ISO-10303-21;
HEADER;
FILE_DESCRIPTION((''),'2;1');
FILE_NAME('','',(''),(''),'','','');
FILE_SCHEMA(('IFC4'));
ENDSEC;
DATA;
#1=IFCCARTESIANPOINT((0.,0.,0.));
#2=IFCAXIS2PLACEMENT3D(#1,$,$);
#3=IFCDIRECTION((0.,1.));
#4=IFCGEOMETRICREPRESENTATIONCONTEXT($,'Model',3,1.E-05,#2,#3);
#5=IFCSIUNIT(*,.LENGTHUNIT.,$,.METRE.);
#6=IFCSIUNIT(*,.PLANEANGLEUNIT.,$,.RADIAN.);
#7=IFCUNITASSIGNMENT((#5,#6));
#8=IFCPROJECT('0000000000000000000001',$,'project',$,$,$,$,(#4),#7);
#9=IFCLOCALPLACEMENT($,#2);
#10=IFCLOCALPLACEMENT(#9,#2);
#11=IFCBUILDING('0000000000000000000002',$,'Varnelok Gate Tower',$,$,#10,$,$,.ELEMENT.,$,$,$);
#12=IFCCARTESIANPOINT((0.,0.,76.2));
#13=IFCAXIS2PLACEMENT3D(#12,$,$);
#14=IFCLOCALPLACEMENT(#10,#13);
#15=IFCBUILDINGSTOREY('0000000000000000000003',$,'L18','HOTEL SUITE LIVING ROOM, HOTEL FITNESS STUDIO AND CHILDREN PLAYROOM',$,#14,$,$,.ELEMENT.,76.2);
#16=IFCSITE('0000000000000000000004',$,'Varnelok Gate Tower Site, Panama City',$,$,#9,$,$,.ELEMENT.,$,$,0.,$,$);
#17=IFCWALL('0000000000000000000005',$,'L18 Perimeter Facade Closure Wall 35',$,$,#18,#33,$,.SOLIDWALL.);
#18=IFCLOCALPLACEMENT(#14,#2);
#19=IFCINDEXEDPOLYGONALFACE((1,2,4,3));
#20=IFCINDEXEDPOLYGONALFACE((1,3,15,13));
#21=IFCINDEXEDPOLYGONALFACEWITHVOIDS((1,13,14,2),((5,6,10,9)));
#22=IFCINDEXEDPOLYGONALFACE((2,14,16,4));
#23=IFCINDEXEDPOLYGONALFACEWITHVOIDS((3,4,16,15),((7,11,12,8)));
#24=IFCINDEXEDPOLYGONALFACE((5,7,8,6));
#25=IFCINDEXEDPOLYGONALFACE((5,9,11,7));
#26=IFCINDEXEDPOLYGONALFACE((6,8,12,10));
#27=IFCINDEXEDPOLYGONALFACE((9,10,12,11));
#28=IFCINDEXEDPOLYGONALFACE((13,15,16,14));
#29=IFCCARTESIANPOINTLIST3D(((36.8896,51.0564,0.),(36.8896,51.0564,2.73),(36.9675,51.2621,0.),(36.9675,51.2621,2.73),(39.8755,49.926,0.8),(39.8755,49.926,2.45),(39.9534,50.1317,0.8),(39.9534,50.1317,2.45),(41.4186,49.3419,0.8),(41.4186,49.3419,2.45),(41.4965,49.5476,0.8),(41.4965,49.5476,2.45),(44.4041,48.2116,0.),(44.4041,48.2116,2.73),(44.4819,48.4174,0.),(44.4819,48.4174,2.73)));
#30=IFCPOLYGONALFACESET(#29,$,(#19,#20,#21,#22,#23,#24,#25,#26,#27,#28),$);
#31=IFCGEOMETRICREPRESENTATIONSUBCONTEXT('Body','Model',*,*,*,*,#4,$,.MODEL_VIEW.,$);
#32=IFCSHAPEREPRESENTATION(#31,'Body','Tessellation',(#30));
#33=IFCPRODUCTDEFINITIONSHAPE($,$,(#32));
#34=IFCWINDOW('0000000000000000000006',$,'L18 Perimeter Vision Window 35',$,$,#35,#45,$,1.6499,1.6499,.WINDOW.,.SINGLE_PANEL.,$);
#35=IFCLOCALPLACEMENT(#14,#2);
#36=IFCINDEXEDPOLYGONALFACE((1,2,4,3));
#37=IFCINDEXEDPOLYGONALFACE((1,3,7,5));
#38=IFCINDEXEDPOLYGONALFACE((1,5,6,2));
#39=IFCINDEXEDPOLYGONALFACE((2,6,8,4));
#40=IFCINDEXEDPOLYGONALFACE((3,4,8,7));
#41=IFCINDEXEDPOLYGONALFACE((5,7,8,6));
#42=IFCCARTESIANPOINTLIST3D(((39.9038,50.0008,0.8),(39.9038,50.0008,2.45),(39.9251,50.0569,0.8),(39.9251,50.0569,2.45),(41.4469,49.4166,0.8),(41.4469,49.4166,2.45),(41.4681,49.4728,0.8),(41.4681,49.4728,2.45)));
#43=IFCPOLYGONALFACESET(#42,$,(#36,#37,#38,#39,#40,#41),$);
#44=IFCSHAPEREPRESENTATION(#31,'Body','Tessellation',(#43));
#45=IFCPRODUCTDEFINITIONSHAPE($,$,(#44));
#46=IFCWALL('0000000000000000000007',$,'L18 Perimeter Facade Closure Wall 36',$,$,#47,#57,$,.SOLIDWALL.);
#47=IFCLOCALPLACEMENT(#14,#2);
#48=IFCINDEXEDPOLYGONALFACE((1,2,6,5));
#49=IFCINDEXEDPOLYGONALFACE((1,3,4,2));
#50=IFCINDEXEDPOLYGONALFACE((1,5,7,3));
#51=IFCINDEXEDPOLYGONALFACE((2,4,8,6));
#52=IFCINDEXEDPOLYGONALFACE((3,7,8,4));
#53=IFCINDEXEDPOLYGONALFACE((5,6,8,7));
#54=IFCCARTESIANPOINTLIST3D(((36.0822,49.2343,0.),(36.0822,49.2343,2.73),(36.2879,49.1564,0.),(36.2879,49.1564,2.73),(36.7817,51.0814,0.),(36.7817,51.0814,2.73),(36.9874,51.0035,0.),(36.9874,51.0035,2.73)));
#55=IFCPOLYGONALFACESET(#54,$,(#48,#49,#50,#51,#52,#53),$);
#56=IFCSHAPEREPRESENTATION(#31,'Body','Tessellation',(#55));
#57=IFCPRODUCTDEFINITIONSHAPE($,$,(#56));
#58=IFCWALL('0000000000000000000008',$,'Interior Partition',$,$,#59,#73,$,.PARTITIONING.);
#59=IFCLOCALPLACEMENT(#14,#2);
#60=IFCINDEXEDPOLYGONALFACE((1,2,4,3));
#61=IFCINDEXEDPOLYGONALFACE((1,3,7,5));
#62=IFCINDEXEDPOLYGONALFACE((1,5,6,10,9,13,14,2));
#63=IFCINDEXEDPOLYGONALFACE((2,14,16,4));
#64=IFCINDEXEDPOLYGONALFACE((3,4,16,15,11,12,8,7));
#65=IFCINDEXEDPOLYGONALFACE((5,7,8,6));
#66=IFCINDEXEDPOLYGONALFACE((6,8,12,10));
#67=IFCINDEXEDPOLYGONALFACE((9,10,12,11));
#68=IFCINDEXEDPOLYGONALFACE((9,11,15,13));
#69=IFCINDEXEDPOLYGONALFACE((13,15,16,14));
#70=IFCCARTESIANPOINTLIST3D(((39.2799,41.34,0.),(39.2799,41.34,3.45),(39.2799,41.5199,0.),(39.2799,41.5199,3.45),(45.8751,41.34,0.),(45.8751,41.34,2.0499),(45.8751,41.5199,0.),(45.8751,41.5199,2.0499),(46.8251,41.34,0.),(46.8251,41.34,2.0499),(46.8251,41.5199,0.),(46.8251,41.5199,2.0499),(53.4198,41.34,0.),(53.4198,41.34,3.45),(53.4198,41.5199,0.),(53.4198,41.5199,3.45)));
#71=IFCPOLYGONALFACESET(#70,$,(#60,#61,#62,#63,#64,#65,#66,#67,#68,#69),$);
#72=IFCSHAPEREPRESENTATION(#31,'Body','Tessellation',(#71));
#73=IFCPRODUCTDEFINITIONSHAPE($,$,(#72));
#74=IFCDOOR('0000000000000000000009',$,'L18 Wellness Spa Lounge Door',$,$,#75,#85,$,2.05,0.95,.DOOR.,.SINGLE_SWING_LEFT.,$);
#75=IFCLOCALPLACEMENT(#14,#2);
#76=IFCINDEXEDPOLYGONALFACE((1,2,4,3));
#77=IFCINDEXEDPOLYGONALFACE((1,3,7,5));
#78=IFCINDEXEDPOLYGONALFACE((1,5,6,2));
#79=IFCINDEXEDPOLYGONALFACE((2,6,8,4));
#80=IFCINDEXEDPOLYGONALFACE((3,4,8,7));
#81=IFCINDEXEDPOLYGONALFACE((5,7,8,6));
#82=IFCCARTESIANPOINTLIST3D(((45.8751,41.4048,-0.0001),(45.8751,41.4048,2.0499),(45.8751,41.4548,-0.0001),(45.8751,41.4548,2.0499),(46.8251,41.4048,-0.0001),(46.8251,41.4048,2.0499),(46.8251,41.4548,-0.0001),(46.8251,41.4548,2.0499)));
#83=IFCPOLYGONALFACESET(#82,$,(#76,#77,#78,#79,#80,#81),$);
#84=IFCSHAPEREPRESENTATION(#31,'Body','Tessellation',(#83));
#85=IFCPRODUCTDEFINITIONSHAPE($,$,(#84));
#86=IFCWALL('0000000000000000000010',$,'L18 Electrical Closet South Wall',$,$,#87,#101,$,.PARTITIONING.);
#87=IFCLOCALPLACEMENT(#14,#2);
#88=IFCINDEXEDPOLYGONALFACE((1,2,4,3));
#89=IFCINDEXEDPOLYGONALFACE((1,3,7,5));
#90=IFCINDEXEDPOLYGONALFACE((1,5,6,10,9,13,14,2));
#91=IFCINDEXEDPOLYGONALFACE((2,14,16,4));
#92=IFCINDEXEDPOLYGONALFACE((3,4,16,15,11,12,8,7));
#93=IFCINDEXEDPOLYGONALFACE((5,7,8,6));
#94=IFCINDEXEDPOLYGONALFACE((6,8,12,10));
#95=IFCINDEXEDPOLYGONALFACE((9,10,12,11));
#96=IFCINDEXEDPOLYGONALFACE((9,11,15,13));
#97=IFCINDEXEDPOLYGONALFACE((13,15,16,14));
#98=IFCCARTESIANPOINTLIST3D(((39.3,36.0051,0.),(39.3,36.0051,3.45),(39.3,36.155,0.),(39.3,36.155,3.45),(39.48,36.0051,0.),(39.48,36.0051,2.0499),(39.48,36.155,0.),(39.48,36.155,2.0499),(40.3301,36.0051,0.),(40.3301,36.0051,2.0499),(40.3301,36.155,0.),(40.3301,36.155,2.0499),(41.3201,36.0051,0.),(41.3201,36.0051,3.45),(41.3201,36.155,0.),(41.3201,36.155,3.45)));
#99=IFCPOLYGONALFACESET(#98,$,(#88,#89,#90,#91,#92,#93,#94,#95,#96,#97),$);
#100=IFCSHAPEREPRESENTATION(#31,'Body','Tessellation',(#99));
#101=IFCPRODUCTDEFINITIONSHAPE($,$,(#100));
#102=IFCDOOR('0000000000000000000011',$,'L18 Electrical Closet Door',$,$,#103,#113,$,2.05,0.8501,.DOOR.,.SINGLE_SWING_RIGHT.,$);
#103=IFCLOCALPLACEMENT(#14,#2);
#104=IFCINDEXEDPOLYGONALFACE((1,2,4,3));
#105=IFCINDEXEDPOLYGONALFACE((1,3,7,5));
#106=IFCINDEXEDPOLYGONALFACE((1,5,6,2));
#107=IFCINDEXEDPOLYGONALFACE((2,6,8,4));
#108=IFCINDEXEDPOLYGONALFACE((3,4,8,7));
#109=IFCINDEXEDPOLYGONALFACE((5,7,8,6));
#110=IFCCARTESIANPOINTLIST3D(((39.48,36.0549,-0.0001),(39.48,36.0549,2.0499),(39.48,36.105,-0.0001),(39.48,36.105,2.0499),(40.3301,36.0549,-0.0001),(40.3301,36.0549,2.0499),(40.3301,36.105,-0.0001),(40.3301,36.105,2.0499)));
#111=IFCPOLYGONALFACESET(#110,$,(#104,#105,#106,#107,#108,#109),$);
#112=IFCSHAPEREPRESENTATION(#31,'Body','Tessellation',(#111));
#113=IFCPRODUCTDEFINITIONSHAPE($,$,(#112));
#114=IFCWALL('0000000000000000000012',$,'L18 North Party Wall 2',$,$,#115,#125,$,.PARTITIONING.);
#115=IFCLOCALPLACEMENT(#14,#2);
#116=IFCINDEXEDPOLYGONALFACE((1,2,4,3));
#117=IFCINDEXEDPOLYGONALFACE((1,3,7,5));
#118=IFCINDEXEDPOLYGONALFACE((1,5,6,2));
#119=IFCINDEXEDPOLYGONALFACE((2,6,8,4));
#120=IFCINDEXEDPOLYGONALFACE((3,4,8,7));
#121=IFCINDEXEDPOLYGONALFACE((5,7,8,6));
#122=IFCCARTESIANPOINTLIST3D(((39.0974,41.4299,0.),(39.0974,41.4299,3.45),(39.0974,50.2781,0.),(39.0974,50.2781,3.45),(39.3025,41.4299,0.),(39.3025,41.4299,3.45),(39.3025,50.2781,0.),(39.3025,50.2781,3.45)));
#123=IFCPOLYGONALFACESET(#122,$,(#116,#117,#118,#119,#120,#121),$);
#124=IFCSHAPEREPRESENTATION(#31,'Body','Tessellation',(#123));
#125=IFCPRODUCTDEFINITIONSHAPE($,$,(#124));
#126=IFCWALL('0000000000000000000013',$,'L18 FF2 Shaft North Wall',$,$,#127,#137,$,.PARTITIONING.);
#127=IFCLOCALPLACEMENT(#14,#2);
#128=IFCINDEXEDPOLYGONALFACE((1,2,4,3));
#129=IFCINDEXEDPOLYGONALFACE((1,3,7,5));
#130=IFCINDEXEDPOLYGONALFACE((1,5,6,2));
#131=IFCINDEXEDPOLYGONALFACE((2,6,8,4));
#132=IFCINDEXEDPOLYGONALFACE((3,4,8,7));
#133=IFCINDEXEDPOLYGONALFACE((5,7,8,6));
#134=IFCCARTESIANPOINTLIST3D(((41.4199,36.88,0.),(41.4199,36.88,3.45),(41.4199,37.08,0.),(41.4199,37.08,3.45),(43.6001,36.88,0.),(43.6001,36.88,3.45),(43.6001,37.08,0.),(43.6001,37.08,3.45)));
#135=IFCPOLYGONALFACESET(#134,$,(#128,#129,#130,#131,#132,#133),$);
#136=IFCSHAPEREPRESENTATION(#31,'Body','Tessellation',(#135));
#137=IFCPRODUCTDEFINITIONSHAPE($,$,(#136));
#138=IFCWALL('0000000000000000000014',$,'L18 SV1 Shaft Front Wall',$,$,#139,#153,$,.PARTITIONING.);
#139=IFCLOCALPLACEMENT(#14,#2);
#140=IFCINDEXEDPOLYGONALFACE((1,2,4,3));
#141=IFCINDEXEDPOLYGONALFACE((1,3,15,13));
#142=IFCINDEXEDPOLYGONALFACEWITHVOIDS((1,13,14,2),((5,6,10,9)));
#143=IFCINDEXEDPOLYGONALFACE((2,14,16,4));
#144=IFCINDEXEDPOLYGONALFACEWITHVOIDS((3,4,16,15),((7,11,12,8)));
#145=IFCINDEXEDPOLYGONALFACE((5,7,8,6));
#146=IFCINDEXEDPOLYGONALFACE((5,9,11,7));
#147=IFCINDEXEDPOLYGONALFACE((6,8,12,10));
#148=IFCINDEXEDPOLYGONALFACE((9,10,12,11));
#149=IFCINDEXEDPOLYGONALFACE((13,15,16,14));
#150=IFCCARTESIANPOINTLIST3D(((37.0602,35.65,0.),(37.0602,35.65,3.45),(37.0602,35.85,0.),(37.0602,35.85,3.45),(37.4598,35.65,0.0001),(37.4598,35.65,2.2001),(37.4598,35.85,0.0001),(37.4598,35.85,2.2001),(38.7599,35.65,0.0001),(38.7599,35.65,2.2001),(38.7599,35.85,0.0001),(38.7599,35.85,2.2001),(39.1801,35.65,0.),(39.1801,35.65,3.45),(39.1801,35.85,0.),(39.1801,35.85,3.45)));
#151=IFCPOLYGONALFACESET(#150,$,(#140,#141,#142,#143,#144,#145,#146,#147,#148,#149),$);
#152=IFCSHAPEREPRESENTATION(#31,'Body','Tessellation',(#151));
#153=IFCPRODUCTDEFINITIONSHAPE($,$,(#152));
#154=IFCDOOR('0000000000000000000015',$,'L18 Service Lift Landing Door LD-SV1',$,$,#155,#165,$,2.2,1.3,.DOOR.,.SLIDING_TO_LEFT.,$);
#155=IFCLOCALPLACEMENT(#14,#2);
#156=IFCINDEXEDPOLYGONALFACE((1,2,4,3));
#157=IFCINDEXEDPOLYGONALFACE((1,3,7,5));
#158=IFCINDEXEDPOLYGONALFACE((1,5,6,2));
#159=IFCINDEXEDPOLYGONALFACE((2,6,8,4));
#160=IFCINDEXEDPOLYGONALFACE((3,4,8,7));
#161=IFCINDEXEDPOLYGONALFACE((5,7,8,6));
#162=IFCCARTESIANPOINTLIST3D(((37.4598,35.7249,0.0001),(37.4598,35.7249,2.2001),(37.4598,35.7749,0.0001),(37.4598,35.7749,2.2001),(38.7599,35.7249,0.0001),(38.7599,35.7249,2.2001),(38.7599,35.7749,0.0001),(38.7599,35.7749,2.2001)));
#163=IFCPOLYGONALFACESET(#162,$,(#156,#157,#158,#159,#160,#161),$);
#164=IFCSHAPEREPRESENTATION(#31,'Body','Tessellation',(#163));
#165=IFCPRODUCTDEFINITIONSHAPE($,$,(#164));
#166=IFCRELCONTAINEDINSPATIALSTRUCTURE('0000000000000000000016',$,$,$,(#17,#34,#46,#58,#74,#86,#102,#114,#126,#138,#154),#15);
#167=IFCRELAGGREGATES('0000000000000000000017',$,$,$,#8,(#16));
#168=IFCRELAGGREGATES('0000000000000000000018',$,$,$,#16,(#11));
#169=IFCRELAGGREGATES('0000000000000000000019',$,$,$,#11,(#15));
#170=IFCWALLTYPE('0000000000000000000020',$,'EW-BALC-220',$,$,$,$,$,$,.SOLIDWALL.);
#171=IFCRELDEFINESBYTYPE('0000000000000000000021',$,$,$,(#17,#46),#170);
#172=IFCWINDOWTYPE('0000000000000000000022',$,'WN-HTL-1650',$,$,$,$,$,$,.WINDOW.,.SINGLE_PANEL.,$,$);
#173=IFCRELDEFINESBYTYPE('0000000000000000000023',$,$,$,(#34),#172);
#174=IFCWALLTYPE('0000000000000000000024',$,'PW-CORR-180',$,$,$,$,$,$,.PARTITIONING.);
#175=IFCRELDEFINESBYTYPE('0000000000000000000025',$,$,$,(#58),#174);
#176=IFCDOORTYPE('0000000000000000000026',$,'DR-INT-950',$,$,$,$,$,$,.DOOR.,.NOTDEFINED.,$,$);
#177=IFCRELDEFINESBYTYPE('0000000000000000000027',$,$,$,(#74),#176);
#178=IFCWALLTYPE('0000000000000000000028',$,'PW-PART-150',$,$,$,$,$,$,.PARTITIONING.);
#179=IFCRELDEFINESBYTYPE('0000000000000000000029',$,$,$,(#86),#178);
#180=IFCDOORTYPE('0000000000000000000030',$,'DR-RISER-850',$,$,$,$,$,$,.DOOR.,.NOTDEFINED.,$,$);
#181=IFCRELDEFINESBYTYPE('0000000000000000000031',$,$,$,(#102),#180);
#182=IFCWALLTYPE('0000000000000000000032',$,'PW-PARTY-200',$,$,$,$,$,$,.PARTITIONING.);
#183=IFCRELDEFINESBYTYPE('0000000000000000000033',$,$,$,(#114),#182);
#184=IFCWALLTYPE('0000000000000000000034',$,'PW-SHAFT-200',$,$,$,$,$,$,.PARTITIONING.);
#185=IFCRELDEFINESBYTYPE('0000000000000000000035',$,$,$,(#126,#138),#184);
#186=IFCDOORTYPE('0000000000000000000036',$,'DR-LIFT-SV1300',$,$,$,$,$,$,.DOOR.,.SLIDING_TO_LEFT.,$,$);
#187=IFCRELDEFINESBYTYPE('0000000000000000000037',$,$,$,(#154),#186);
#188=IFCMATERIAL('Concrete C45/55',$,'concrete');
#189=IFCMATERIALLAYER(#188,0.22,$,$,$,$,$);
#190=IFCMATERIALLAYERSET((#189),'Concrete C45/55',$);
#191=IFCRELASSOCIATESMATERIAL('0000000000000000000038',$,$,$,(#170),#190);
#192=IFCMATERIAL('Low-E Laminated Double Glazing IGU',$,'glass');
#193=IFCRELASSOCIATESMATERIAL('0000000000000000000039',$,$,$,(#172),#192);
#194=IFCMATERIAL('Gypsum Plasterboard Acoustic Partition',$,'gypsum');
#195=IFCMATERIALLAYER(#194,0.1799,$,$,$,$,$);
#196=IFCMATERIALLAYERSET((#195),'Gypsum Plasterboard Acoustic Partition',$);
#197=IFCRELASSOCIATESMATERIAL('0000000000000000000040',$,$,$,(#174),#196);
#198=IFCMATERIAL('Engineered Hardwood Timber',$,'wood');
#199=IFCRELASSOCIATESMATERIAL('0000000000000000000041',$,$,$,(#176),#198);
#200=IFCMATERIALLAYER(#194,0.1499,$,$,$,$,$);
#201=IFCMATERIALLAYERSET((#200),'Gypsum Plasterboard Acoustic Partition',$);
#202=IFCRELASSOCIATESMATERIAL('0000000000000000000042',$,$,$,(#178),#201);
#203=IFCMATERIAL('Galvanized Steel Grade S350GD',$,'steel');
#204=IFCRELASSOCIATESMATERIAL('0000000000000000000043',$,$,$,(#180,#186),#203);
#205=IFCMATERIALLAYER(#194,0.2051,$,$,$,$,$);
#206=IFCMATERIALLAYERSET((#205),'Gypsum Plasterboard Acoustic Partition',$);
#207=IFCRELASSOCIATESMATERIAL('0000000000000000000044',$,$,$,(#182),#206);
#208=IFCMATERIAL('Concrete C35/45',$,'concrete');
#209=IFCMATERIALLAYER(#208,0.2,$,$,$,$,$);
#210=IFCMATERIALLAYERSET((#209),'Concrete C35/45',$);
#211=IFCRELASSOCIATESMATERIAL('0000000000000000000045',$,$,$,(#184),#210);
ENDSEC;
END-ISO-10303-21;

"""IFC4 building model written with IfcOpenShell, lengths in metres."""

from ifc_helpers import new_model, si_unit, direction, frame, frame_2d, origin, place, context, subcontext, project, spatial, rectangle, extrude, material, layer, layer_set, type_object, element, fill, save


model = new_model("IFC4")

# Units and contexts
model_context = context("Model", 3, precision=1e-05, world=origin(), true_north=direction((0.0, 1.0)))
body_context = subcontext(model_context, "Body", "Model", "MODEL_VIEW")
ifc_project = project(units=[si_unit("LENGTHUNIT", "METRE"), si_unit("PLANEANGLEUNIT", "RADIAN")], contexts=[model_context])

# Site, building, storey
site_placement = place(None, origin())
site = spatial("IfcSite", under=ifc_project, at=site_placement, Name="Varnelok Gate Tower Site, Panama City", CompositionType="ELEMENT", RefElevation=0.0)
building_placement = place(site_placement, origin())
building = spatial("IfcBuilding", under=site, at=building_placement, Name="Varnelok Gate Tower", CompositionType="ELEMENT")
storey_placement = place(building_placement, frame((0.0, 0.0, 76.2)))
storey = spatial("IfcBuildingStorey", under=building, at=storey_placement, Name="L18", Description="HOTEL SUITE LIVING ROOM, HOTEL FITNESS STUDIO AND CHILDREN PLAYROOM", CompositionType="ELEMENT", Elevation=76.2)

# Shared definitions
ifc_material_1 = material(Name="Concrete C45/55", Category="concrete")
ifc_layer_1 = layer(ifc_material_1, 0.22)
ifc_layer_set_1 = layer_set([ifc_layer_1], Name="Concrete C45/55")
wall_type_1 = type_object("IfcWallType", Name="EW-BALC-220", PredefinedType="SOLIDWALL", material=ifc_layer_set_1)

# Wall, opening, window
wall_1_placement = place(storey_placement, frame((44.4431, 48.3145, 0.0), z_axis=(0.0, 0.0, 1.0), x_axis=(-0.935227, 0.354049, 0.0)))
wall_1 = element("IfcWall", 1, at=wall_1_placement, inside=storey, type_object=wall_type_1, Name="L18 Perimeter Facade Closure Wall 35", PredefinedType="SOLIDWALL", context=body_context, shape_type="SweptSolid", body=[
    extrude(rectangle(XDim=8.0349, YDim=0.22, at=frame_2d((4.0176, 0.0))), origin(), (0.0, 0.0, 1.0), 2.73),
])
opening_1_placement = place(wall_1_placement, frame((3.1924, 0.0, 0.8)))
opening_1 = element("IfcOpeningElement", 2, at=opening_1_placement, cuts=wall_1, PredefinedType="OPENING", context=body_context, shape_type="SweptSolid", body=[
    extrude(rectangle(XDim=1.6499, YDim=1.6499, at=frame_2d((0.825, 0.825))), frame((0.0, 0.1199, 0.0), z_axis=(0.0, -1.0, 0.0), x_axis=(1.0, 0.0, 0.0)), (0.0, 0.0, 1.0), 0.24),
])
ifc_material_2 = material(Name="Low-E Laminated Double Glazing IGU", Category="glass")
window_type = type_object("IfcWindowType", Name="WN-HTL-1650", PartitioningType="SINGLE_PANEL", PredefinedType="WINDOW", material=ifc_material_2)
window_placement = place(opening_1_placement, origin())
window = element("IfcWindow", 3, at=window_placement, inside=storey, type_object=window_type, Name="L18 Perimeter Vision Window 35", OverallHeight=1.6499, OverallWidth=1.6499, PartitioningType="SINGLE_PANEL", PredefinedType="WINDOW", context=body_context, shape_type="SweptSolid", body=[
    extrude(rectangle(XDim=1.6499, YDim=1.6499, at=frame_2d((0.825, 0.825))), frame((0.0, 0.03, 0.0), z_axis=(0.0, -1.0, 0.0), x_axis=(1.0, 0.0, 0.0)), (0.0, 0.0, 1.0), 0.0601),
])
fill(opening_1, window)

# Wall
wall_2_placement = place(storey_placement, frame((36.8845, 51.0425, 0.0), z_axis=(0.0, 0.0, 1.0), x_axis=(-0.354129, -0.935197, 0.0)))
element("IfcWall", 4, at=wall_2_placement, inside=storey, type_object=wall_type_1, Name="L18 Perimeter Facade Closure Wall 36", PredefinedType="SOLIDWALL", context=body_context, shape_type="SweptSolid", body=[
    extrude(rectangle(XDim=1.9751, YDim=0.22, at=frame_2d((0.9875, 0.0))), origin(), (0.0, 0.0, 1.0), 2.73),
])

# Walls, openings, doors
ifc_material_3 = material(Name="Gypsum Plasterboard Acoustic Partition", Category="gypsum")
ifc_layer_2 = layer(ifc_material_3, 0.1799)
ifc_layer_set_2 = layer_set([ifc_layer_2], Name="Gypsum Plasterboard Acoustic Partition")
wall_type_2 = type_object("IfcWallType", Name="PW-CORR-180", PredefinedType="PARTITIONING", material=ifc_layer_set_2)
wall_3_placement = place(storey_placement, frame((39.28, 41.4299, 0.0), z_axis=(0.0, 0.0, 1.0), x_axis=(1.0, 0.0, 0.0)))
wall_3 = element("IfcWall", 5, at=wall_3_placement, inside=storey, type_object=wall_type_2, Name="Interior Partition", PredefinedType="PARTITIONING", context=body_context, shape_type="SweptSolid", body=[
    extrude(rectangle(XDim=14.1399, YDim=0.1799, at=frame_2d((7.0698, 0.0))), origin(), (0.0, 0.0, 1.0), 3.45),
])
opening_2_placement = place(wall_3_placement, frame((6.595, 0.0, 0.0)))
opening_2 = element("IfcOpeningElement", 6, at=opening_2_placement, cuts=wall_3, PredefinedType="OPENING", context=body_context, shape_type="SweptSolid", body=[
    extrude(rectangle(XDim=0.95, YDim=2.05, at=frame_2d((0.4751, 1.0249))), frame((0.0, 0.0999, 0.0), z_axis=(0.0, -1.0, 0.0), x_axis=(1.0, 0.0, 0.0)), (0.0, 0.0, 1.0), 0.2),
])
ifc_material_4 = material(Name="Engineered Hardwood Timber", Category="wood")
door_type_1 = type_object("IfcDoorType", Name="DR-INT-950", OperationType="NOTDEFINED", PredefinedType="DOOR", material=ifc_material_4)
door_1_placement = place(opening_2_placement, origin())
door_1 = element("IfcDoor", 7, at=door_1_placement, inside=storey, type_object=door_type_1, Name="L18 Wellness Spa Lounge Door", OperationType="SINGLE_SWING_LEFT", OverallHeight=2.05, OverallWidth=0.95, PredefinedType="DOOR", context=body_context, shape_type="SweptSolid", body=[
    extrude(rectangle(XDim=0.95, YDim=2.05, at=frame_2d((0.4751, 1.0249))), frame((0.0, 0.0249, 0.0), z_axis=(0.0, -1.0, 0.0), x_axis=(1.0, 0.0, 0.0)), (0.0, 0.0, 1.0), 0.05),
])
fill(opening_2, door_1)
ifc_layer_3 = layer(ifc_material_3, 0.1499)
ifc_layer_set_3 = layer_set([ifc_layer_3], Name="Gypsum Plasterboard Acoustic Partition")
wall_type_3 = type_object("IfcWallType", Name="PW-PART-150", PredefinedType="PARTITIONING", material=ifc_layer_set_3)
wall_4_placement = place(storey_placement, frame((39.3, 36.0801, 0.0), z_axis=(0.0, 0.0, 1.0), x_axis=(1.0, 0.0, 0.0)))
wall_4 = element("IfcWall", 8, at=wall_4_placement, inside=storey, type_object=wall_type_3, Name="L18 Electrical Closet South Wall", PredefinedType="PARTITIONING", context=body_context, shape_type="SweptSolid", body=[
    extrude(rectangle(XDim=2.02, YDim=0.1499, at=frame_2d((1.01, 0.0))), origin(), (0.0, 0.0, 1.0), 3.45),
])
opening_3_placement = place(wall_4_placement, frame((0.1799, 0.0, 0.0)))
opening_3 = element("IfcOpeningElement", 9, at=opening_3_placement, cuts=wall_4, PredefinedType="OPENING", context=body_context, shape_type="SweptSolid", body=[
    extrude(rectangle(XDim=0.8501, YDim=2.05, at=frame_2d((0.425, 1.0249))), frame((0.0, 0.085, 0.0), z_axis=(0.0, -1.0, 0.0), x_axis=(1.0, 0.0, 0.0)), (0.0, 0.0, 1.0), 0.1699),
])
ifc_material_5 = material(Name="Galvanized Steel Grade S350GD", Category="steel")
door_type_2 = type_object("IfcDoorType", Name="DR-RISER-850", OperationType="NOTDEFINED", PredefinedType="DOOR", material=ifc_material_5)
door_2_placement = place(opening_3_placement, origin())
door_2 = element("IfcDoor", 10, at=door_2_placement, inside=storey, type_object=door_type_2, Name="L18 Electrical Closet Door", OperationType="SINGLE_SWING_RIGHT", OverallHeight=2.05, OverallWidth=0.8501, PredefinedType="DOOR", context=body_context, shape_type="SweptSolid", body=[
    extrude(rectangle(XDim=0.8501, YDim=2.05, at=frame_2d((0.425, 1.0249))), frame((0.0, 0.0249, 0.0), z_axis=(0.0, -1.0, 0.0), x_axis=(1.0, 0.0, 0.0)), (0.0, 0.0, 1.0), 0.05),
])
fill(opening_3, door_2)

# Walls
ifc_layer_4 = layer(ifc_material_3, 0.2051)
ifc_layer_set_4 = layer_set([ifc_layer_4], Name="Gypsum Plasterboard Acoustic Partition")
wall_type_4 = type_object("IfcWallType", Name="PW-PARTY-200", PredefinedType="PARTITIONING", material=ifc_layer_set_4)
wall_5_placement = place(storey_placement, frame((39.2, 41.4299, 0.0), z_axis=(0.0, 0.0, 1.0), x_axis=(0.0, 1.0, 0.0)))
element("IfcWall", 11, at=wall_5_placement, inside=storey, type_object=wall_type_4, Name="L18 North Party Wall 2", PredefinedType="PARTITIONING", context=body_context, shape_type="SweptSolid", body=[
    extrude(rectangle(XDim=8.8481, YDim=0.2051, at=frame_2d((4.4241, 0.0))), origin(), (0.0, 0.0, 1.0), 3.45),
])
ifc_material_6 = material(Name="Concrete C35/45", Category="concrete")
ifc_layer_5 = layer(ifc_material_6, 0.2)
ifc_layer_set_5 = layer_set([ifc_layer_5], Name="Concrete C35/45")
wall_type_5 = type_object("IfcWallType", Name="PW-SHAFT-200", PredefinedType="PARTITIONING", material=ifc_layer_set_5)
wall_6_placement = place(storey_placement, frame((41.4199, 36.98, 0.0), z_axis=(0.0, 0.0, 1.0), x_axis=(1.0, 0.0, 0.0)))
element("IfcWall", 12, at=wall_6_placement, inside=storey, type_object=wall_type_5, Name="L18 FF2 Shaft North Wall", PredefinedType="PARTITIONING", context=body_context, shape_type="SweptSolid", body=[
    extrude(rectangle(XDim=2.1802, YDim=0.2, at=frame_2d((1.0901, 0.0))), origin(), (0.0, 0.0, 1.0), 3.45),
])

# Wall, opening, door
wall_7_placement = place(storey_placement, frame((37.0601, 35.75, 0.0), z_axis=(0.0, 0.0, 1.0), x_axis=(1.0, 0.0, 0.0)))
wall_7 = element("IfcWall", 13, at=wall_7_placement, inside=storey, type_object=wall_type_5, Name="L18 SV1 Shaft Front Wall", PredefinedType="PARTITIONING", context=body_context, shape_type="SweptSolid", body=[
    extrude(rectangle(XDim=2.1199, YDim=0.2, at=frame_2d((1.0601, 0.0))), origin(), (0.0, 0.0, 1.0), 3.45),
])
opening_4_placement = place(wall_7_placement, frame((0.3999, 0.0, 0.0)))
opening_4 = element("IfcOpeningElement", 14, at=opening_4_placement, cuts=wall_7, PredefinedType="OPENING", context=body_context, shape_type="SweptSolid", body=[
    extrude(rectangle(XDim=1.3, YDim=2.2, at=frame_2d((0.6499, 1.1001))), frame((0.0, 0.1099, 0.0), z_axis=(0.0, -1.0, 0.0), x_axis=(1.0, 0.0, 0.0)), (0.0, 0.0, 1.0), 0.22),
])
door_type_3 = type_object("IfcDoorType", Name="DR-LIFT-SV1300", OperationType="SLIDING_TO_LEFT", PredefinedType="DOOR", material=ifc_material_5)
door_3_placement = place(opening_4_placement, origin())
door_3 = element("IfcDoor", 15, at=door_3_placement, inside=storey, type_object=door_type_3, Name="L18 Service Lift Landing Door LD-SV1", OperationType="SLIDING_TO_LEFT", OverallHeight=2.2, OverallWidth=1.3, PredefinedType="DOOR", context=body_context, shape_type="SweptSolid", body=[
    extrude(rectangle(XDim=1.3, YDim=2.2, at=frame_2d((0.6499, 1.1001))), frame((0.0, 0.0249, 0.0), z_axis=(0.0, -1.0, 0.0), x_axis=(1.0, 0.0, 0.0)), (0.0, 0.0, 1.0), 0.05),
])
fill(opening_4, door_3)

save(model, "model.ifc")
